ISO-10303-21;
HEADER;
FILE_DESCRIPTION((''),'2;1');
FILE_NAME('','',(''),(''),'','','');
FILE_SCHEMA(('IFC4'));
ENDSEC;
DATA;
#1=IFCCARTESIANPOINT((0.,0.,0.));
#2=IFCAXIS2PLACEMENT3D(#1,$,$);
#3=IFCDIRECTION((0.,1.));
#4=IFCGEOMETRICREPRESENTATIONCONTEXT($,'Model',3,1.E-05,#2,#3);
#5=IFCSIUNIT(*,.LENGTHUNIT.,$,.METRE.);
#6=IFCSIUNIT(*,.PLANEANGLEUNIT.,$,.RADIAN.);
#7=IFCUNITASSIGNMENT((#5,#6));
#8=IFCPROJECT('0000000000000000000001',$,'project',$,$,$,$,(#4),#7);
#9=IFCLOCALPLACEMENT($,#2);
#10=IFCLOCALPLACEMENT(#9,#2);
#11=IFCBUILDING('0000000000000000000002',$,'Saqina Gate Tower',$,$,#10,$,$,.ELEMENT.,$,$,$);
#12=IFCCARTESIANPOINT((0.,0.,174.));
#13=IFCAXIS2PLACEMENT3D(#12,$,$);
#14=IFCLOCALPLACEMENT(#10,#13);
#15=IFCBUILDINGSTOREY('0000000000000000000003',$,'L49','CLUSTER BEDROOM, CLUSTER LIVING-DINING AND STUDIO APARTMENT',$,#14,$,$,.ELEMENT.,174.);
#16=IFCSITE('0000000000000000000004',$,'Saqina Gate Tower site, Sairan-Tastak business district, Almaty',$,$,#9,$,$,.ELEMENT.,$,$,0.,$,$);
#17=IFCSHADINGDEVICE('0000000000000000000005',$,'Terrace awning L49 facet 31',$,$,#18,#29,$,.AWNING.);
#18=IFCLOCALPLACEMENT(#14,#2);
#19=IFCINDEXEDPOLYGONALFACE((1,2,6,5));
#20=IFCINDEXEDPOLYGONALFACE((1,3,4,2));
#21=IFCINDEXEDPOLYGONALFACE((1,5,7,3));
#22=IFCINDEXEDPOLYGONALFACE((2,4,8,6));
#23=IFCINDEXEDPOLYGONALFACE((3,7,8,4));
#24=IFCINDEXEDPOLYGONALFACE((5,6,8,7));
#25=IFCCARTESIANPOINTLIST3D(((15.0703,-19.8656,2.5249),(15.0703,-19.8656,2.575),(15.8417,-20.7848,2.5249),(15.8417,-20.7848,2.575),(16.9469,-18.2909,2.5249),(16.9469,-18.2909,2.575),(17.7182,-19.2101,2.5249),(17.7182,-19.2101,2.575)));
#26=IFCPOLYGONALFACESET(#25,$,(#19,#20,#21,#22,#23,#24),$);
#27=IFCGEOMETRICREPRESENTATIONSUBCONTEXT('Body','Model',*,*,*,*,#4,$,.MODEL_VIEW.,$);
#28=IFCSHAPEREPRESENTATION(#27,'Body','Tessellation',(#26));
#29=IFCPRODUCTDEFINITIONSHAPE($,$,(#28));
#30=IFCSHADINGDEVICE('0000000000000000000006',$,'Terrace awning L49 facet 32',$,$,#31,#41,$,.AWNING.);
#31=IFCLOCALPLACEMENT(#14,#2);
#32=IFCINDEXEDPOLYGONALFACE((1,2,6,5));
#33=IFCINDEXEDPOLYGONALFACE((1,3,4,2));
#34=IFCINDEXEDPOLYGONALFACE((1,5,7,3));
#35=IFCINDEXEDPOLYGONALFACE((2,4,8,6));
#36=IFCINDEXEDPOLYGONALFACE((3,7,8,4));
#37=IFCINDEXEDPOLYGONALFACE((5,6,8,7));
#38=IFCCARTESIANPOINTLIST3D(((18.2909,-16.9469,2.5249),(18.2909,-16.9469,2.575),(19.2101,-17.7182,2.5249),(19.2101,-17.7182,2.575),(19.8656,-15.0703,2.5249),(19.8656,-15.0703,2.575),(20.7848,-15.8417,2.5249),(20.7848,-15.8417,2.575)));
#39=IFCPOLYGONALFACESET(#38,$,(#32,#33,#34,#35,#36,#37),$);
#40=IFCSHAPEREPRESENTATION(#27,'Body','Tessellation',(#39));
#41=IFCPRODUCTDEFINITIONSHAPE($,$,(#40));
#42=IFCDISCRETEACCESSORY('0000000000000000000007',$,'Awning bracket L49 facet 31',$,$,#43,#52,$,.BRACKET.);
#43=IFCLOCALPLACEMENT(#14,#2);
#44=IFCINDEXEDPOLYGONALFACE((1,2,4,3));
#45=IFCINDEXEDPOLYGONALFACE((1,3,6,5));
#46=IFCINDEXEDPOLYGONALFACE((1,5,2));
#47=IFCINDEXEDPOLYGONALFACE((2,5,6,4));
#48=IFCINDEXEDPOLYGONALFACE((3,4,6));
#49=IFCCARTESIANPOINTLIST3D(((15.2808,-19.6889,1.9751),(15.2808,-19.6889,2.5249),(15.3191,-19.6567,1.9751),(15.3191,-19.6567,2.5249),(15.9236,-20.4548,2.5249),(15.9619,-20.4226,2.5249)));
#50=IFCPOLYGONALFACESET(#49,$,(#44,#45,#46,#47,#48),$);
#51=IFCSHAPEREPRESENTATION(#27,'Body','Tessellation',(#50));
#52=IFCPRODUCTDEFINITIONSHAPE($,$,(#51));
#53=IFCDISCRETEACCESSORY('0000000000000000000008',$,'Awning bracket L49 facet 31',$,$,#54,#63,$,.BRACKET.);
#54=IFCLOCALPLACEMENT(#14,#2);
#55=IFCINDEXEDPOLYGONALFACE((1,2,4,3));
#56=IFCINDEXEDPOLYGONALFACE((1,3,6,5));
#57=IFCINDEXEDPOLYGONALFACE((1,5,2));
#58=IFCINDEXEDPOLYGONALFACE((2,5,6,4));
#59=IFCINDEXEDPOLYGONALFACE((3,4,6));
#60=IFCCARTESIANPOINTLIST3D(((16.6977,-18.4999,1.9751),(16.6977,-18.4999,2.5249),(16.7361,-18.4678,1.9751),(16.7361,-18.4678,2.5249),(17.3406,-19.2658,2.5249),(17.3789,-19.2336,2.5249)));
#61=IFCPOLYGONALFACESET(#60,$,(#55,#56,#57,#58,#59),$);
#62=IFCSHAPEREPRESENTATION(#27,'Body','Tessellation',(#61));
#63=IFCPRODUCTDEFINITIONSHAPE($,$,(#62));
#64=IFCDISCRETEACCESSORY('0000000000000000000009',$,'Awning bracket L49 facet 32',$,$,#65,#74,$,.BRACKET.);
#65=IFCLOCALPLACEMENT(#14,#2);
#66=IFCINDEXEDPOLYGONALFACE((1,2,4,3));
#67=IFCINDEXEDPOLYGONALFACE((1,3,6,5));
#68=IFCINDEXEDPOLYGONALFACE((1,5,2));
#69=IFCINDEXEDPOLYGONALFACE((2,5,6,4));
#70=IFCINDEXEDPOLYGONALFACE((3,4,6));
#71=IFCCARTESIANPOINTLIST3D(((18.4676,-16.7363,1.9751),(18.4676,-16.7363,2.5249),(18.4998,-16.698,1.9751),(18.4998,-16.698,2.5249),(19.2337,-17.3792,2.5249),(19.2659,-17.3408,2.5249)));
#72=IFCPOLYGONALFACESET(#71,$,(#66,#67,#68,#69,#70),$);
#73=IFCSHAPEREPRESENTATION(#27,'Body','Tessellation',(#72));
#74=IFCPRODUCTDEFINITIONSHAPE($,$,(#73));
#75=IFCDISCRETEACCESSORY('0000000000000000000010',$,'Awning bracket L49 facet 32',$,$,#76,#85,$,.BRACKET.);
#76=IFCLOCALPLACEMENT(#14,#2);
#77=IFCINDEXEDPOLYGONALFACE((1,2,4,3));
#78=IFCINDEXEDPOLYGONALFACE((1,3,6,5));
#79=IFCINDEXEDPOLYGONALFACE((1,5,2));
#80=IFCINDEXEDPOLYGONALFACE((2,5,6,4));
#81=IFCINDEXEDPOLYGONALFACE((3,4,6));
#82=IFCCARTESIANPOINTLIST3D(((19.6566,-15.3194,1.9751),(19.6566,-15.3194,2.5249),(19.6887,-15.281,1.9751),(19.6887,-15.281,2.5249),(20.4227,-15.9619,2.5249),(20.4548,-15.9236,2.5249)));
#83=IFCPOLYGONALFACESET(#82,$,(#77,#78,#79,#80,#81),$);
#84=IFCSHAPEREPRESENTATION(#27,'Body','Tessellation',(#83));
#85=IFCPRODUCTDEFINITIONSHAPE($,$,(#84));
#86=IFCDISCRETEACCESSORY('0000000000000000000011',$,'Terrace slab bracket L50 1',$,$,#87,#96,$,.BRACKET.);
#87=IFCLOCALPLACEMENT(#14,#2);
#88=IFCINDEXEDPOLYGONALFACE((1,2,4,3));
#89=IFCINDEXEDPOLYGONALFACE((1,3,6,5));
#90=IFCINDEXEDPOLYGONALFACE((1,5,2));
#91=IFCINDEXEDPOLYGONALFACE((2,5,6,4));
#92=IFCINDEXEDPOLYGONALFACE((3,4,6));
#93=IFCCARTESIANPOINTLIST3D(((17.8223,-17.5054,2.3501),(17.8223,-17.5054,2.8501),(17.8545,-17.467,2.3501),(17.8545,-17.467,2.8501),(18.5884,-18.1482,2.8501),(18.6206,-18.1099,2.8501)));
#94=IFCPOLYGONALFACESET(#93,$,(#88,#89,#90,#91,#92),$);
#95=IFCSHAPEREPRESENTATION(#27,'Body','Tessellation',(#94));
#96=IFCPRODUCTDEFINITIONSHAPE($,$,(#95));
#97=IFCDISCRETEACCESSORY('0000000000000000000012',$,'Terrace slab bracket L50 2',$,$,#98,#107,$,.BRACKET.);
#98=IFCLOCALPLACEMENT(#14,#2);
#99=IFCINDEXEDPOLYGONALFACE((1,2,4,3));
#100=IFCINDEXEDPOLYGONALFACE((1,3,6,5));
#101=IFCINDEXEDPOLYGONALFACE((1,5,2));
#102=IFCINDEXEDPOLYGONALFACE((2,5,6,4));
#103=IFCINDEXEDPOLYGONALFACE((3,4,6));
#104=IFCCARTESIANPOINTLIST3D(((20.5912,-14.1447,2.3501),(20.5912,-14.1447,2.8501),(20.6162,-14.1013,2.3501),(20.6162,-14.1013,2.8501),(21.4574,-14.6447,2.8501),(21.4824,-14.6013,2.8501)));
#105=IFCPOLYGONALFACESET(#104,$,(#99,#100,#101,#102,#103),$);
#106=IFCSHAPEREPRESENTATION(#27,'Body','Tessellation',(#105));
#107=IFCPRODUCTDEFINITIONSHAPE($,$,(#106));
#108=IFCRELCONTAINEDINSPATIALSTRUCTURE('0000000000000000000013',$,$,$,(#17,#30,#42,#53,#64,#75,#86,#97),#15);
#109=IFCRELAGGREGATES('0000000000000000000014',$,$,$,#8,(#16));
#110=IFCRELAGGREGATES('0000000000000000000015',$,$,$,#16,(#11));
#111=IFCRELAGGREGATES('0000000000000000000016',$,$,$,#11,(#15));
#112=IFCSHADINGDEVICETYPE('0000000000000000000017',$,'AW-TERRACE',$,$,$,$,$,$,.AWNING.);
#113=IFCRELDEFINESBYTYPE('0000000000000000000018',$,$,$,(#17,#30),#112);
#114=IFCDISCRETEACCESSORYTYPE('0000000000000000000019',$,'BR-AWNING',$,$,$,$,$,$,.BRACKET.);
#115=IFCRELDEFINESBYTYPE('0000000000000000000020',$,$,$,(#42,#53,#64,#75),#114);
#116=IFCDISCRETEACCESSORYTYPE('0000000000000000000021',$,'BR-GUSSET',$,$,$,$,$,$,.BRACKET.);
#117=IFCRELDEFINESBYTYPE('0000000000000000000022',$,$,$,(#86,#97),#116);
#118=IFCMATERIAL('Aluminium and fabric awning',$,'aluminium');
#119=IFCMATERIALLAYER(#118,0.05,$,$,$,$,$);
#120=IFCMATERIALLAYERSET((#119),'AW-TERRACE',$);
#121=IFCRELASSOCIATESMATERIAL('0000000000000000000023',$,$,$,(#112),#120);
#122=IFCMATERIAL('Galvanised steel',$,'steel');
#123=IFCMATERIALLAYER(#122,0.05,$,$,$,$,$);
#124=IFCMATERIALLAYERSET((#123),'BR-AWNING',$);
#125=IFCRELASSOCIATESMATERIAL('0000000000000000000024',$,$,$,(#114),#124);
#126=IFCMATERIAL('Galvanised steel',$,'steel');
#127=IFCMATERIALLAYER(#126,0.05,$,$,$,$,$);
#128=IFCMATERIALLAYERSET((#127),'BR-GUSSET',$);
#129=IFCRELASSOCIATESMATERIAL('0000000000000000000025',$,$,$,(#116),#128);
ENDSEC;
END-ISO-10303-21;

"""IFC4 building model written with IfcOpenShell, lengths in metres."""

from ifc_helpers import new_model, si_unit, direction, frame, origin, origin_2d, place, context, subcontext, project, spatial, polyline, rectangle, outline, extrude, material, layer, layer_set, type_object, element, save


model = new_model("IFC4")

# Units and contexts
model_context = context("Model", 3, precision=1e-05, world=origin(), true_north=direction((0.0, 1.0)))
body_context = subcontext(model_context, "Body", "Model", "MODEL_VIEW")
ifc_project = project(units=[si_unit("LENGTHUNIT", "METRE"), si_unit("PLANEANGLEUNIT", "RADIAN")], contexts=[model_context])

# Site, building, storey
site_placement = place(None, origin())
site = spatial("IfcSite", under=ifc_project, at=site_placement, Name="Saqina Gate Tower site, Sairan-Tastak business district, Almaty", CompositionType="ELEMENT", RefElevation=0.0)
building_placement = place(site_placement, origin())
building = spatial("IfcBuilding", under=site, at=building_placement, Name="Saqina Gate Tower", CompositionType="ELEMENT")
storey_placement = place(building_placement, frame((0.0, 0.0, 174.0)))
storey = spatial("IfcBuildingStorey", under=building, at=storey_placement, Name="L49", Description="CLUSTER BEDROOM, CLUSTER LIVING-DINING AND STUDIO APARTMENT", CompositionType="ELEMENT", Elevation=174.0)

# Shading devices
ifc_material_1 = material(Name="Aluminium and fabric awning", Category="aluminium")
ifc_layer_1 = layer(ifc_material_1, 0.05)
ifc_layer_set_1 = layer_set([ifc_layer_1], Name="AW-TERRACE")
shading_device_type = type_object("IfcShadingDeviceType", Name="AW-TERRACE", PredefinedType="AWNING", material=ifc_layer_set_1)
for number, where, z_axis, x_axis, name in (
    (1, (16.3943, -19.5378, 2.5249), (0.0, 0.0, 1.0), (0.766044, 0.642788, 0.0), "Terrace awning L49 facet 31"),
    (2, (19.5378, -16.3943, 2.5249), (0.0, 0.0, 1.0), (0.642788, 0.766044, 0.0), "Terrace awning L49 facet 32"),
):
    element("IfcShadingDevice", number, at=place(storey_placement, frame(where, z_axis=z_axis, x_axis=x_axis)), inside=storey, type_object=shading_device_type, Name=name, PredefinedType="AWNING", context=body_context, shape_type="SweptSolid", body=[
        extrude(rectangle(XDim=2.4497, YDim=1.2, at=origin_2d()), origin(), (0.0, 0.0, 1.0), 0.05),
    ])

# Discrete accessories
ifc_material_2 = material(Name="Galvanised steel", Category="steel")
ifc_layer_2 = layer(ifc_material_2, 0.05)
ifc_layer_set_2 = layer_set([ifc_layer_2], Name="BR-AWNING")
discrete_accessory_type_1 = type_object("IfcDiscreteAccessoryType", Name="BR-AWNING", PredefinedType="BRACKET", material=ifc_layer_set_2)
for number, where, z_axis, x_axis, name in (
    (3, (15.3191, -19.6567, 1.9751), (0.765955, 0.642894, 0.0), (0.0, 0.0, 1.0), "Awning bracket L49 facet 31"),
    (4, (16.7361, -18.4678, 1.9751), (0.765955, 0.642894, 0.0), (0.0, 0.0, 1.0), "Awning bracket L49 facet 31"),
):
    element("IfcDiscreteAccessory", number, at=place(storey_placement, frame(where, z_axis=z_axis, x_axis=x_axis)), inside=storey, type_object=discrete_accessory_type_1, Name=name, PredefinedType="BRACKET", context=body_context, shape_type="SweptSolid", body=[
        extrude(outline(polyline([(0.0, 0.0), (0.5498, 0.0), (0.5498, 0.9999), (0.0, 0.0)])), origin(), (0.0, 0.0, -1.0), 0.05),
    ])
discrete_accessory_1_placement = place(storey_placement, frame((18.4998, -16.698, 1.9751), z_axis=(0.642774, 0.766056, 0.0), x_axis=(0.0, 0.0, 1.0)))
element("IfcDiscreteAccessory", 5, at=discrete_accessory_1_placement, inside=storey, type_object=discrete_accessory_type_1, Name="Awning bracket L49 facet 32", PredefinedType="BRACKET", context=body_context, shape_type="SweptSolid", body=[
    extrude(outline(polyline([(0.0, 0.0), (0.5498, 0.0), (0.5498, 1.0001), (0.0, 0.0)])), origin(), (0.0, 0.0, -1.0), 0.05),
])
discrete_accessory_2_placement = place(storey_placement, frame((19.6887, -15.281, 1.9751), z_axis=(0.642631, 0.766176, 0.0), x_axis=(0.0, 0.0, 1.0)))
element("IfcDiscreteAccessory", 6, at=discrete_accessory_2_placement, inside=storey, type_object=discrete_accessory_type_1, Name="Awning bracket L49 facet 32", PredefinedType="BRACKET", context=body_context, shape_type="SweptSolid", body=[
    extrude(outline(polyline([(0.0, 0.0), (0.5498, 0.0), (0.5498, 0.9999), (0.0, 0.0)])), origin(), (0.0, 0.0, -1.0), 0.05),
])
ifc_material_3 = material(Name="Galvanised steel", Category="steel")
ifc_layer_3 = layer(ifc_material_3, 0.05)
ifc_layer_set_3 = layer_set([ifc_layer_3], Name="BR-GUSSET")
discrete_accessory_type_2 = type_object("IfcDiscreteAccessoryType", Name="BR-GUSSET", PredefinedType="BRACKET", material=ifc_layer_set_3)
discrete_accessory_3_placement = place(storey_placement, frame((17.8545, -17.467, 2.3501), z_axis=(0.642774, 0.766056, 0.0), x_axis=(0.0, 0.0, 1.0)))
element("IfcDiscreteAccessory", 7, at=discrete_accessory_3_placement, inside=storey, type_object=discrete_accessory_type_2, Name="Terrace slab bracket L50 1", PredefinedType="BRACKET", context=body_context, shape_type="SweptSolid", body=[
    extrude(outline(polyline([(0.0, 0.0), (0.5, 0.0), (0.5, 1.0001), (0.0, 0.0)])), origin(), (0.0, 0.0, -1.0), 0.05),
])
discrete_accessory_4_placement = place(storey_placement, frame((20.6162, -14.1013, 2.3501), z_axis=(0.49992, 0.866072, 0.0), x_axis=(0.0, 0.0, 1.0)))
element("IfcDiscreteAccessory", 8, at=discrete_accessory_4_placement, inside=storey, type_object=discrete_accessory_type_2, Name="Terrace slab bracket L50 2", PredefinedType="BRACKET", context=body_context, shape_type="SweptSolid", body=[
    extrude(outline(polyline([(0.0, 0.0), (0.5, 0.0), (0.5, 1.0002), (0.0, 0.0)])), origin(), (0.0, 0.0, -1.0), 0.05),
])

save(model, "model.ifc")
